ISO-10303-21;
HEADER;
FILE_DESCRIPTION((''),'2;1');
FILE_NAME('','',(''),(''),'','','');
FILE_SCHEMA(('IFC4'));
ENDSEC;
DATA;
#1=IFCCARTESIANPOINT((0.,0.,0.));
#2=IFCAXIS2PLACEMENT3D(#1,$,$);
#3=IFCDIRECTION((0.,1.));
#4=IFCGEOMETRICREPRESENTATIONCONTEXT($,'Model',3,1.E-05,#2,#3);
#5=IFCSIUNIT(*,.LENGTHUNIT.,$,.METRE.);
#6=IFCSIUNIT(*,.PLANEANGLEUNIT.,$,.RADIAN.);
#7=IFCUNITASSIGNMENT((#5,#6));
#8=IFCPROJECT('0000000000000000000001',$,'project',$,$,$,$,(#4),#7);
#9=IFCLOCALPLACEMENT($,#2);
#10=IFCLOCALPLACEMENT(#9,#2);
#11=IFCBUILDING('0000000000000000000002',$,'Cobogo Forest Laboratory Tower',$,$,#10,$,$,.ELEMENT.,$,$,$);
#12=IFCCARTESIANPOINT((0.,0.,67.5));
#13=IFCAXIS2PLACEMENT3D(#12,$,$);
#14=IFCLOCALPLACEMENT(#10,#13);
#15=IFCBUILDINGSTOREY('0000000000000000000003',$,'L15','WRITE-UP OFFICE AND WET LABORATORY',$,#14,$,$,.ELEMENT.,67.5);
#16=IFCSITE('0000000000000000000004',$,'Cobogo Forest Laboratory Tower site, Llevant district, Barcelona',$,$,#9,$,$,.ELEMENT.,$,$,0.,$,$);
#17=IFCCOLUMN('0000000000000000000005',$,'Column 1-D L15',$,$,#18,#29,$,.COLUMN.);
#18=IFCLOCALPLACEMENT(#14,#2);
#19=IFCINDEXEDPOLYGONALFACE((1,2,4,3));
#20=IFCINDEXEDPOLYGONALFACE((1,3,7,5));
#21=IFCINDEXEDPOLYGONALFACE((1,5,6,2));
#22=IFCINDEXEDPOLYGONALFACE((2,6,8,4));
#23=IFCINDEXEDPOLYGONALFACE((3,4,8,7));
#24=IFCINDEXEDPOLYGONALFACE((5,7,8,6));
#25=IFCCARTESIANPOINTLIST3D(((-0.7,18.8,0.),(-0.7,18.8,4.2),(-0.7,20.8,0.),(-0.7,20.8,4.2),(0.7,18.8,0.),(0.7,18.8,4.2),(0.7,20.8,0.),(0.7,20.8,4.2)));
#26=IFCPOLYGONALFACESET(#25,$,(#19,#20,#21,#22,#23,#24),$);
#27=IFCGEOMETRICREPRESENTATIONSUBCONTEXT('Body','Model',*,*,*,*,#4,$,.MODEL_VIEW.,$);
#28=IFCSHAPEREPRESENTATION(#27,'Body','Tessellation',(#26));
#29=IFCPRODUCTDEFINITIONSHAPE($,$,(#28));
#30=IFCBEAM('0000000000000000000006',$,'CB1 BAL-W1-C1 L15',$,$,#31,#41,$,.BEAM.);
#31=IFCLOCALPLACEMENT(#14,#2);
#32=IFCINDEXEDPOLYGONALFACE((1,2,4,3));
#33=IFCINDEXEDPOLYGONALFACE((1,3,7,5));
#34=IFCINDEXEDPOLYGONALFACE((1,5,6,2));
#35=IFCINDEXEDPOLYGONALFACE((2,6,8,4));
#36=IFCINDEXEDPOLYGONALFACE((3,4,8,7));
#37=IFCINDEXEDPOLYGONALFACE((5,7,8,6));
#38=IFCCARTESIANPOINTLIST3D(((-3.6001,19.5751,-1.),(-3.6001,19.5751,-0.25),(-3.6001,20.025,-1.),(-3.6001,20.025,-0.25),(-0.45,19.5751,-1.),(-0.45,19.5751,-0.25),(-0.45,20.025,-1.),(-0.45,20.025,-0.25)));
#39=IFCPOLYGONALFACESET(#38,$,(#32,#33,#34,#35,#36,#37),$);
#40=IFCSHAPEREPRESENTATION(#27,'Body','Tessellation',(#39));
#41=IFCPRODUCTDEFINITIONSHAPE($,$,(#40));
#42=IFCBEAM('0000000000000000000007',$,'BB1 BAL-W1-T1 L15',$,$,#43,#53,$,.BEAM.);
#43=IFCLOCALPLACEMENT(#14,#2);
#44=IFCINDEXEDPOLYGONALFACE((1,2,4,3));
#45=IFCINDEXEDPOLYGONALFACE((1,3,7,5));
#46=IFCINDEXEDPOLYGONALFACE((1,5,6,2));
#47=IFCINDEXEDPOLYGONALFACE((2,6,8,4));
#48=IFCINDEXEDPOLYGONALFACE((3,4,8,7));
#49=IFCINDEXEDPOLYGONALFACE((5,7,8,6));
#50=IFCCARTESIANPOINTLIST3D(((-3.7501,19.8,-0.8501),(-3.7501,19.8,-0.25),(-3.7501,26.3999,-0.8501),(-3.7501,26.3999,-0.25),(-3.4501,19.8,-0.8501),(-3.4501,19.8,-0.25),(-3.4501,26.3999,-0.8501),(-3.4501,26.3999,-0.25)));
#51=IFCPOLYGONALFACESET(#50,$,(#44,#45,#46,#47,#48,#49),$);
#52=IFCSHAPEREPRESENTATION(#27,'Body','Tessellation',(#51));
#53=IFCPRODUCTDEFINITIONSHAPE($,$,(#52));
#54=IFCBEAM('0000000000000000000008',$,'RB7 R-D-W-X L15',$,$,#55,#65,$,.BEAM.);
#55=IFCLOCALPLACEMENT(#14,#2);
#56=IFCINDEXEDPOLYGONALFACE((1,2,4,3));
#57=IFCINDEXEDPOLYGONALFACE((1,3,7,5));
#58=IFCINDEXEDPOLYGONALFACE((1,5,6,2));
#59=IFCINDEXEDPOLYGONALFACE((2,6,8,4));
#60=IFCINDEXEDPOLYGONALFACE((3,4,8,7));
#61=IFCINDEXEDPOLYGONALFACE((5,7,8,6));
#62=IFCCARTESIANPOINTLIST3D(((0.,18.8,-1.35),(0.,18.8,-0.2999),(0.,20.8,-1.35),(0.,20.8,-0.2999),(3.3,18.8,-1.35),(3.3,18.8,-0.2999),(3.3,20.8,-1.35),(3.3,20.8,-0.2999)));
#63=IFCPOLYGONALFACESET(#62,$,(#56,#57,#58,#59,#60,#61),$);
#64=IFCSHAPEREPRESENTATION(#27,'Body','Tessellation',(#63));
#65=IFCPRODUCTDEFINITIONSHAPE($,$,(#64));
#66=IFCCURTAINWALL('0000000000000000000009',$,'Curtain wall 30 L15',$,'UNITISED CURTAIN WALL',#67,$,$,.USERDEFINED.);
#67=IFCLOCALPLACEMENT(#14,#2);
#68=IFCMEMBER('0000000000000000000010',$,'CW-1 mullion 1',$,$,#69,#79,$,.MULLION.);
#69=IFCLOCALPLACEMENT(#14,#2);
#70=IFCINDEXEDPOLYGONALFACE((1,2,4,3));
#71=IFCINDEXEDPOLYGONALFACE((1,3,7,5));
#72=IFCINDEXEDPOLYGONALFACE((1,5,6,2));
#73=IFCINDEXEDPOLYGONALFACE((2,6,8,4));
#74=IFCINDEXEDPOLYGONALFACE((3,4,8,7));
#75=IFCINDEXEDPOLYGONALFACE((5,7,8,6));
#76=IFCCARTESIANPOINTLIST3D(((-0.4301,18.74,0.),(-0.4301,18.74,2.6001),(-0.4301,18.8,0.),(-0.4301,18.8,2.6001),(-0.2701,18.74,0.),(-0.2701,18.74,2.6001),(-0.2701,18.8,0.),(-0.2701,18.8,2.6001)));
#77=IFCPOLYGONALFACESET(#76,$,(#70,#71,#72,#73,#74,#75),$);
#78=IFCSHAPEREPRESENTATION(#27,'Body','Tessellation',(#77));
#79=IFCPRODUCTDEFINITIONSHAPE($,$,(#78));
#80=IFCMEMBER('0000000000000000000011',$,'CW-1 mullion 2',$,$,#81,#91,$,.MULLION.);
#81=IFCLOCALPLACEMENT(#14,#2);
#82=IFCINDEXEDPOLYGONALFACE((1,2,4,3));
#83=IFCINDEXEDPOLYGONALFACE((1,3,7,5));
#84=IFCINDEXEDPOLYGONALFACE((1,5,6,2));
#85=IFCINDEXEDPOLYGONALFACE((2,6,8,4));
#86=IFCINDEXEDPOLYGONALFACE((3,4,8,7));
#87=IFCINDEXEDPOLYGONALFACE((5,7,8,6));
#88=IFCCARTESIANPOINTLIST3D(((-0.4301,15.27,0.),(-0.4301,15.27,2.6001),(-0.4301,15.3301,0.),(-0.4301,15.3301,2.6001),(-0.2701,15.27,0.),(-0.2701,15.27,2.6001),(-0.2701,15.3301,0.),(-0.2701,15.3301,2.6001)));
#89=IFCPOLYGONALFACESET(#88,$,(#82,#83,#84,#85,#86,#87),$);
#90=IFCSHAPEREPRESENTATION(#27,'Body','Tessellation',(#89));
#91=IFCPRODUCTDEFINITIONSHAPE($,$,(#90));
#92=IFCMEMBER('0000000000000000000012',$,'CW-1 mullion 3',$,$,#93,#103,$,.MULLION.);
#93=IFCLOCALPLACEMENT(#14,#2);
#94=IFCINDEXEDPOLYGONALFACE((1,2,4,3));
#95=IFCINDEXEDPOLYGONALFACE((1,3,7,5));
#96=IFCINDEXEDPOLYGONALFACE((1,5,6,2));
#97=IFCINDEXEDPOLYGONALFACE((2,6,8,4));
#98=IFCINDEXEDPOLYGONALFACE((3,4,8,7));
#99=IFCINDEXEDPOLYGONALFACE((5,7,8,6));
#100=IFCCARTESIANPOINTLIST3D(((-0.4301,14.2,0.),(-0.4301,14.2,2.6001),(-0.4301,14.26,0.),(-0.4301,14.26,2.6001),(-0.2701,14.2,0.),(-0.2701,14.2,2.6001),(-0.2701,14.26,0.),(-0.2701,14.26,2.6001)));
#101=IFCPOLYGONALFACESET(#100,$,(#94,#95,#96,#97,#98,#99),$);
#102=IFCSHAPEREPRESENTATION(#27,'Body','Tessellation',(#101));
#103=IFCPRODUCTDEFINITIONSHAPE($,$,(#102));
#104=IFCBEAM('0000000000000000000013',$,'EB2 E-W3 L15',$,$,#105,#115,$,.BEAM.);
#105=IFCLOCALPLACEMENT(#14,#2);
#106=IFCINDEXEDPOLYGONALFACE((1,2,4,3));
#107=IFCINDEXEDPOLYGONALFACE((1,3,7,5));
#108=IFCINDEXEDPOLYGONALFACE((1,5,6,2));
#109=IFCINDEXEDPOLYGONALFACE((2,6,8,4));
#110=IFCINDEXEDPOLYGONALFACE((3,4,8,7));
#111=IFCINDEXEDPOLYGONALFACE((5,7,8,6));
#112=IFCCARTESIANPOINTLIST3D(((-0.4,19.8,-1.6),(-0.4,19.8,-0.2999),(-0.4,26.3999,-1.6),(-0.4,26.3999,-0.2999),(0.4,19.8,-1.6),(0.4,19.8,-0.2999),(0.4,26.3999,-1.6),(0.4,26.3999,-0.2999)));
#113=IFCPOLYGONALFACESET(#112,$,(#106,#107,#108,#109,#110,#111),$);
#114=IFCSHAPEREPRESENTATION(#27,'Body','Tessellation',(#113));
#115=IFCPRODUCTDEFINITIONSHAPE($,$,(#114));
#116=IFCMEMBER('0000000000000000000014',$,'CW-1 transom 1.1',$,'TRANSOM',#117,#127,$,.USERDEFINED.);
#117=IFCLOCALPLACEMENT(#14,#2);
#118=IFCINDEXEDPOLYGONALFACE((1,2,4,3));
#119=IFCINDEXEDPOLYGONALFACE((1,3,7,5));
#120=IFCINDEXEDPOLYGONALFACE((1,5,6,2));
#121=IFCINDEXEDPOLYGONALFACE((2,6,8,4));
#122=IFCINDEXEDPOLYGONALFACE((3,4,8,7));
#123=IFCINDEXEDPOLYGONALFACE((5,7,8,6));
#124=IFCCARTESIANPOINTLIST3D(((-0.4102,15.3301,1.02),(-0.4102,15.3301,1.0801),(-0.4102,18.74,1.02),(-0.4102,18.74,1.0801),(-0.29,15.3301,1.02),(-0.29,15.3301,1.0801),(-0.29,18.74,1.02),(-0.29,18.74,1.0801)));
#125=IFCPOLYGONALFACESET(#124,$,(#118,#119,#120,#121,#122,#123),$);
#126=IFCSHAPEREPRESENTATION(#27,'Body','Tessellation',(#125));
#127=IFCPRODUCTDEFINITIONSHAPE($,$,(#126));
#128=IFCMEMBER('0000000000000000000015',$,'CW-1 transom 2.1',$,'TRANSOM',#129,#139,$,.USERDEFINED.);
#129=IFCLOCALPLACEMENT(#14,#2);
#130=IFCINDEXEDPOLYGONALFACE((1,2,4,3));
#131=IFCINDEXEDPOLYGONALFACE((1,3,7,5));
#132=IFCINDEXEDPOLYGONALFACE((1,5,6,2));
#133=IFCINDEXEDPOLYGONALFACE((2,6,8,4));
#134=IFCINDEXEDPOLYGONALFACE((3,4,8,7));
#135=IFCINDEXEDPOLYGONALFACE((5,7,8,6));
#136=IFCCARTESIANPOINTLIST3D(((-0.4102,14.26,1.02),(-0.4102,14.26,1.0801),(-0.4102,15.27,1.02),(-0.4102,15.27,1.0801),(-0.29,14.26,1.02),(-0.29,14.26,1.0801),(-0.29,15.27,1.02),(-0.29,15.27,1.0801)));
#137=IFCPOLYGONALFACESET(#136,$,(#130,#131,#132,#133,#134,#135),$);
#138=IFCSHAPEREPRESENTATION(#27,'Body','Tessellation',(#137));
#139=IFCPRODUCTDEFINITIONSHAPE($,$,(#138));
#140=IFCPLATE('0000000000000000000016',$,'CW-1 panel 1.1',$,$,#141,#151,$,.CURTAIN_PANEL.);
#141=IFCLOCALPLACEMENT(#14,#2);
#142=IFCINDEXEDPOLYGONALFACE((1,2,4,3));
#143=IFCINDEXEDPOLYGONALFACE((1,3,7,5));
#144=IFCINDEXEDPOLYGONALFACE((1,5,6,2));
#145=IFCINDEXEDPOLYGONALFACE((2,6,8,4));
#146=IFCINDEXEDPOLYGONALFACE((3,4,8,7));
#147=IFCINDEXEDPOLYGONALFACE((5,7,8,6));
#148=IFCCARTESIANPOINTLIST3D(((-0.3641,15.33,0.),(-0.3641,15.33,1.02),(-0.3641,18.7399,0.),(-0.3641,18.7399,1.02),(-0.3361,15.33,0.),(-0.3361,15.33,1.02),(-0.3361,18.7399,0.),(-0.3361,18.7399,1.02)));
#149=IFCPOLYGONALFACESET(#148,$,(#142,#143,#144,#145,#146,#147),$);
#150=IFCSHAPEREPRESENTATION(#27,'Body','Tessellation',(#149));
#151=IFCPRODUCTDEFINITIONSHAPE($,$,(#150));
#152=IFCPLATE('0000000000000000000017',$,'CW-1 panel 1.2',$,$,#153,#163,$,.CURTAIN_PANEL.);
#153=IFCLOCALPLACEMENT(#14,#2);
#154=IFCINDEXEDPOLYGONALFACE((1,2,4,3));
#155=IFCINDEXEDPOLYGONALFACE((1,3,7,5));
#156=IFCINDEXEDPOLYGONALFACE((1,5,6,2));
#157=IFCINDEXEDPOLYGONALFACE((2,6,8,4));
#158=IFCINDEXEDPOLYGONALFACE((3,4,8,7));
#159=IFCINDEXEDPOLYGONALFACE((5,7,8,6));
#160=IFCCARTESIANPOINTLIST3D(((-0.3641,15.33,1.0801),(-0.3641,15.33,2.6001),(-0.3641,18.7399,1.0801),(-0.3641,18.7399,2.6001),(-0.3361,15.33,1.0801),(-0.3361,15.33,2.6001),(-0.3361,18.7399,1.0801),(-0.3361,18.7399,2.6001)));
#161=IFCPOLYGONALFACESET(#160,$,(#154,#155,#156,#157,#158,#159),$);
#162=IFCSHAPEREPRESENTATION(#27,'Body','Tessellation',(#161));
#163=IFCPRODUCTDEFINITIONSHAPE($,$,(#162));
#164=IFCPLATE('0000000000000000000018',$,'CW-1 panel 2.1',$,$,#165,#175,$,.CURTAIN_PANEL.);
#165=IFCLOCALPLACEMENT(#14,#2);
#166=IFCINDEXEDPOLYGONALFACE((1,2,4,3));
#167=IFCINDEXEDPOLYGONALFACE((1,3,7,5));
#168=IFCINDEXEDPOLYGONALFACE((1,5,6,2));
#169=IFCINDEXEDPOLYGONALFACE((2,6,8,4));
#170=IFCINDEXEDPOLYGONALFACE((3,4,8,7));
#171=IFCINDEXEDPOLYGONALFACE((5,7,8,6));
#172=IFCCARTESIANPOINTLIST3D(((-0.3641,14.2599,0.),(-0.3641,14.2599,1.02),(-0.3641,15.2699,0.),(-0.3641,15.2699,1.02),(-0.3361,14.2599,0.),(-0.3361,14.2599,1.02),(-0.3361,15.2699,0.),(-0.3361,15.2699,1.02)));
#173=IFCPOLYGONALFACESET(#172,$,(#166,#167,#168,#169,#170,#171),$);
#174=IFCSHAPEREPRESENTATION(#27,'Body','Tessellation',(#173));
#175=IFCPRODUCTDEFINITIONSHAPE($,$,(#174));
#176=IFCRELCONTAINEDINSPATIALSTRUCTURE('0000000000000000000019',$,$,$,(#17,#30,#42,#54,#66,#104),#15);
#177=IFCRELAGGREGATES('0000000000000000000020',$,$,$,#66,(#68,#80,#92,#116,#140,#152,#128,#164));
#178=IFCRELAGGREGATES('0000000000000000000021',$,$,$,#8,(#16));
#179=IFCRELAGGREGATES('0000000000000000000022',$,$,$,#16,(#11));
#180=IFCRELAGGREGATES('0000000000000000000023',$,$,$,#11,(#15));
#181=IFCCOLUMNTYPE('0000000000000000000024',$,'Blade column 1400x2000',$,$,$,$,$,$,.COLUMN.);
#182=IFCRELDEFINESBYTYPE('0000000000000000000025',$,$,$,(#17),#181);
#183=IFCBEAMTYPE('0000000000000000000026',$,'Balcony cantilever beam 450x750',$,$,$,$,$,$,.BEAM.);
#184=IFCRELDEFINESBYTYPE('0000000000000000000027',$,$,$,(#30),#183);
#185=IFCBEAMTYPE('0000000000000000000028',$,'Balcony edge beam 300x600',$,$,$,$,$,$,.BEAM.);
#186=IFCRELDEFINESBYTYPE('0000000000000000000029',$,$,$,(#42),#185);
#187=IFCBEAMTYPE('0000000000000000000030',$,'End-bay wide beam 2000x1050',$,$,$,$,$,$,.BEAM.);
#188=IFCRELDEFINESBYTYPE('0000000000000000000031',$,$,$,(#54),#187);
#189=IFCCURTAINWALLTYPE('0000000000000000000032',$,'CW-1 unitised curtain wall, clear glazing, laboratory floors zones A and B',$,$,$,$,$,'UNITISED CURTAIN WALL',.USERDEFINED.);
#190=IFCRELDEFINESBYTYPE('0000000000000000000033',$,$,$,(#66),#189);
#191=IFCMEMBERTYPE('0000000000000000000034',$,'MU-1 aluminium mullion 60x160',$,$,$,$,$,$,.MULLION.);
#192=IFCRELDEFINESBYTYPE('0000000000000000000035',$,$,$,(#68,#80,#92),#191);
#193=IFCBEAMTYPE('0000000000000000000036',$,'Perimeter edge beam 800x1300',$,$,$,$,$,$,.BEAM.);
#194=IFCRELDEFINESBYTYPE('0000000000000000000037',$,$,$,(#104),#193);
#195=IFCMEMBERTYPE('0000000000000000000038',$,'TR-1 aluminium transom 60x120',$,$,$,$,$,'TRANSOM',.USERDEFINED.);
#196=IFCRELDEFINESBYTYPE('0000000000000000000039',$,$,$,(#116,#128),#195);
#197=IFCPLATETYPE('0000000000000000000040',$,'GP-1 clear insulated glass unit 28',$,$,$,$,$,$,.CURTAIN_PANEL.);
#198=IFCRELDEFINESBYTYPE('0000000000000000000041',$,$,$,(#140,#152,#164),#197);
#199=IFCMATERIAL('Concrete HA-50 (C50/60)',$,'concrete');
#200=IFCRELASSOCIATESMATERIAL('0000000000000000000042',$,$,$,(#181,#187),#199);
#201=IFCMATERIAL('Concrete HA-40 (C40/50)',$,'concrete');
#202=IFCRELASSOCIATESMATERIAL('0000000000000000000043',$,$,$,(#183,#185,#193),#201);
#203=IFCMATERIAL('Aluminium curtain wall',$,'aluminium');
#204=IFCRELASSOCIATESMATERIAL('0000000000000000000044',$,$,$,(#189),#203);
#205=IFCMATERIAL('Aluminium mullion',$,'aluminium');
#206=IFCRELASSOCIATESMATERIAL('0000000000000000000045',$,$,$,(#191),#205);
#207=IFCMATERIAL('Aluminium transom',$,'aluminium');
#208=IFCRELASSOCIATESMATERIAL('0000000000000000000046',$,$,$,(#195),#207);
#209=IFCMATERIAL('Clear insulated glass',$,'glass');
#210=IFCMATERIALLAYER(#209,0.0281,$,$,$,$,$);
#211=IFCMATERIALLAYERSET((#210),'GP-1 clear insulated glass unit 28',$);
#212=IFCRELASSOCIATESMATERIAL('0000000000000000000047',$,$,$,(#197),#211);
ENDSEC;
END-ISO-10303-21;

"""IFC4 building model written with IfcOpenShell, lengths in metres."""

from ifc_helpers import new_model, si_unit, direction, frame, origin, origin_2d, place, context, subcontext, project, spatial, rectangle, extrude, material, layer, layer_set, material_profile, profile_set, type_object, element, aggregate, save


model = new_model("IFC4")

# Units and contexts
model_context = context("Model", 3, precision=1e-05, world=origin(), true_north=direction((0.0, 1.0)))
body_context = subcontext(model_context, "Body", "Model", "MODEL_VIEW")
ifc_project = project(units=[si_unit("LENGTHUNIT", "METRE"), si_unit("PLANEANGLEUNIT", "RADIAN")], contexts=[model_context])

# Site, building, storey
site_placement = place(None, origin())
site = spatial("IfcSite", under=ifc_project, at=site_placement, Name="Cobogo Forest Laboratory Tower site, Llevant district, Barcelona", CompositionType="ELEMENT", RefElevation=0.0)
building_placement = place(site_placement, origin())
building = spatial("IfcBuilding", under=site, at=building_placement, Name="Cobogo Forest Laboratory Tower", CompositionType="ELEMENT")
storey_placement = place(building_placement, frame((0.0, 0.0, 67.5)))
storey = spatial("IfcBuildingStorey", under=building, at=storey_placement, Name="L15", Description="WRITE-UP OFFICE AND WET LABORATORY", CompositionType="ELEMENT", Elevation=67.5)

# Column
ifc_material_1 = material(Name="Concrete HA-50 (C50/60)", Category="concrete")
ifc_material_profile_1 = material_profile(ifc_material_1, rectangle(XDim=2.0, YDim=1.3999, at=origin_2d()), Name="RC 1400x2000")
ifc_profile_set_1 = profile_set([ifc_material_profile_1], Name="Concrete HA-50 (C50/60)")
column_type = type_object("IfcColumnType", Name="Blade column 1400x2000", PredefinedType="COLUMN", material=ifc_profile_set_1)
column_placement = place(storey_placement, frame((0.0, 19.8, 0.0), z_axis=(0.0, 0.0, 1.0), x_axis=(0.0, 1.0, 0.0)))
element("IfcColumn", 1, at=column_placement, inside=storey, type_object=column_type, Name="Column 1-D L15", PredefinedType="COLUMN", context=body_context, shape_type="SweptSolid", body=[
    extrude(rectangle(XDim=2.0, YDim=1.3999, at=origin_2d()), origin(), (0.0, 0.0, 1.0), 4.2),
])

# Beams
ifc_material_2 = material(Name="Concrete HA-40 (C40/50)", Category="concrete")
ifc_material_profile_2 = material_profile(ifc_material_2, rectangle(XDim=0.45, YDim=0.75, at=origin_2d()), Name="RC 450x750")
ifc_profile_set_2 = profile_set([ifc_material_profile_2], Name="Concrete HA-40 (C40/50)")
beam_type_1 = type_object("IfcBeamType", Name="Balcony cantilever beam 450x750", PredefinedType="BEAM", material=ifc_profile_set_2)
beam_1_placement = place(storey_placement, frame((-0.45, 19.8, -0.625), z_axis=(-1.0, 0.0, 0.0), x_axis=(0.0, -1.0, 0.0)))
element("IfcBeam", 2, at=beam_1_placement, inside=storey, type_object=beam_type_1, Name="CB1 BAL-W1-C1 L15", PredefinedType="BEAM", context=body_context, shape_type="SweptSolid", body=[
    extrude(rectangle(XDim=0.45, YDim=0.75, at=origin_2d()), origin(), (0.0, 0.0, 1.0), 3.1501),
])
ifc_material_profile_3 = material_profile(ifc_material_2, rectangle(XDim=0.3, YDim=0.6001, at=origin_2d()), Name="RC 300x600")
ifc_profile_set_3 = profile_set([ifc_material_profile_3], Name="Concrete HA-40 (C40/50)")
beam_type_2 = type_object("IfcBeamType", Name="Balcony edge beam 300x600", PredefinedType="BEAM", material=ifc_profile_set_3)
beam_2_placement = place(storey_placement, frame((-3.6001, 19.8, -0.55), z_axis=(0.0, 1.0, 0.0), x_axis=(-1.0, 0.0, 0.0)))
element("IfcBeam", 3, at=beam_2_placement, inside=storey, type_object=beam_type_2, Name="BB1 BAL-W1-T1 L15", PredefinedType="BEAM", context=body_context, shape_type="SweptSolid", body=[
    extrude(rectangle(XDim=0.3, YDim=0.6001, at=origin_2d()), origin(), (0.0, 0.0, 1.0), 6.5999),
])
ifc_material_profile_4 = material_profile(ifc_material_1, rectangle(XDim=2.0, YDim=1.05, at=origin_2d()), Name="RC 2000x1050")
ifc_profile_set_4 = profile_set([ifc_material_profile_4], Name="Concrete HA-50 (C50/60)")
beam_type_3 = type_object("IfcBeamType", Name="End-bay wide beam 2000x1050", PredefinedType="BEAM", material=ifc_profile_set_4)
beam_3_placement = place(storey_placement, frame((0.0, 19.8, -0.825), z_axis=(1.0, 0.0, 0.0), x_axis=(0.0, 1.0, 0.0)))
element("IfcBeam", 4, at=beam_3_placement, inside=storey, type_object=beam_type_3, Name="RB7 R-D-W-X L15", PredefinedType="BEAM", context=body_context, shape_type="SweptSolid", body=[
    extrude(rectangle(XDim=2.0, YDim=1.05, at=origin_2d()), origin(), (0.0, 0.0, 1.0), 3.3),
])

# Curtain wall, members
ifc_material_3 = material(Name="Aluminium curtain wall", Category="aluminium")
curtain_wall_type = type_object("IfcCurtainWallType", Name="CW-1 unitised curtain wall, clear glazing, laboratory floors zones A and B", ElementType="UNITISED CURTAIN WALL", PredefinedType="USERDEFINED", material=ifc_material_3)
curtain_wall_placement = place(storey_placement, origin())
curtain_wall = element("IfcCurtainWall", 5, at=curtain_wall_placement, inside=storey, type_object=curtain_wall_type, Name="Curtain wall 30 L15", ObjectType="UNITISED CURTAIN WALL", PredefinedType="USERDEFINED")
ifc_material_4 = material(Name="Aluminium mullion", Category="aluminium")
ifc_material_profile_5 = material_profile(ifc_material_4, rectangle(XDim=0.0601, YDim=0.1599, at=origin_2d()), Name="AL 60x160")
ifc_profile_set_5 = profile_set([ifc_material_profile_5], Name="Aluminium mullion")
member_type_1 = type_object("IfcMemberType", Name="MU-1 aluminium mullion 60x160", PredefinedType="MULLION", material=ifc_profile_set_5)
member_1_placement = place(storey_placement, frame((-0.3501, 18.77, 0.0), z_axis=(0.0, 0.0, 1.0), x_axis=(0.0, -1.0, 0.0)))
member_1 = element("IfcMember", 6, at=member_1_placement, type_object=member_type_1, Name="CW-1 mullion 1", PredefinedType="MULLION", context=body_context, shape_type="SweptSolid", body=[
    extrude(rectangle(XDim=0.0601, YDim=0.1599, at=origin_2d()), origin(), (0.0, 0.0, 1.0), 2.6001),
])
member_2_placement = place(storey_placement, frame((-0.3501, 15.3, 0.0), z_axis=(0.0, 0.0, 1.0), x_axis=(0.0, -1.0, 0.0)))
member_2 = element("IfcMember", 7, at=member_2_placement, type_object=member_type_1, Name="CW-1 mullion 2", PredefinedType="MULLION", context=body_context, shape_type="SweptSolid", body=[
    extrude(rectangle(XDim=0.0601, YDim=0.1599, at=origin_2d()), origin(), (0.0, 0.0, 1.0), 2.6001),
])
member_3_placement = place(storey_placement, frame((-0.3501, 14.23, 0.0), z_axis=(0.0, 0.0, 1.0), x_axis=(0.0, -1.0, 0.0)))
member_3 = element("IfcMember", 8, at=member_3_placement, type_object=member_type_1, Name="CW-1 mullion 3", PredefinedType="MULLION", context=body_context, shape_type="SweptSolid", body=[
    extrude(rectangle(XDim=0.0601, YDim=0.1599, at=origin_2d()), origin(), (0.0, 0.0, 1.0), 2.6001),
])

# Beam
ifc_material_profile_6 = material_profile(ifc_material_2, rectangle(XDim=0.8, YDim=1.3, at=origin_2d()), Name="RC 800x1300")
ifc_profile_set_6 = profile_set([ifc_material_profile_6], Name="Concrete HA-40 (C40/50)")
beam_type_4 = type_object("IfcBeamType", Name="Perimeter edge beam 800x1300", PredefinedType="BEAM", material=ifc_profile_set_6)
beam_4_placement = place(storey_placement, frame((0.0, 19.8, -0.95), z_axis=(0.0, 1.0, 0.0), x_axis=(-1.0, 0.0, 0.0)))
element("IfcBeam", 9, at=beam_4_placement, inside=storey, type_object=beam_type_4, Name="EB2 E-W3 L15", PredefinedType="BEAM", context=body_context, shape_type="SweptSolid", body=[
    extrude(rectangle(XDim=0.8, YDim=1.3, at=origin_2d()), origin(), (0.0, 0.0, 1.0), 6.5999),
])

# Members
ifc_material_5 = material(Name="Aluminium transom", Category="aluminium")
ifc_material_profile_7 = material_profile(ifc_material_5, rectangle(XDim=0.1201, YDim=0.0601, at=origin_2d()), Name="AL 60x120")
ifc_profile_set_7 = profile_set([ifc_material_profile_7], Name="Aluminium transom")
member_type_2 = type_object("IfcMemberType", Name="TR-1 aluminium transom 60x120", ElementType="TRANSOM", PredefinedType="USERDEFINED", material=ifc_profile_set_7)
member_4_placement = place(storey_placement, frame((-0.3501, 18.74, 1.05), z_axis=(0.0, -1.0, 0.0), x_axis=(1.0, 0.0, 0.0)))
member_4 = element("IfcMember", 10, at=member_4_placement, type_object=member_type_2, Name="CW-1 transom 1.1", ObjectType="TRANSOM", PredefinedType="USERDEFINED", context=body_context, shape_type="SweptSolid", body=[
    extrude(rectangle(XDim=0.1201, YDim=0.0601, at=origin_2d()), origin(), (0.0, 0.0, 1.0), 3.4099),
])
member_5_placement = place(storey_placement, frame((-0.3501, 15.27, 1.05), z_axis=(0.0, -1.0, 0.0), x_axis=(1.0, 0.0, 0.0)))
member_5 = element("IfcMember", 11, at=member_5_placement, type_object=member_type_2, Name="CW-1 transom 2.1", ObjectType="TRANSOM", PredefinedType="USERDEFINED", context=body_context, shape_type="SweptSolid", body=[
    extrude(rectangle(XDim=0.1201, YDim=0.0601, at=origin_2d()), origin(), (0.0, 0.0, 1.0), 1.01),
])

# Plates
ifc_material_6 = material(Name="Clear insulated glass", Category="glass")
ifc_layer_1 = layer(ifc_material_6, 0.0281)
ifc_layer_set_1 = layer_set([ifc_layer_1], Name="GP-1 clear insulated glass unit 28")
plate_type_1 = type_object("IfcPlateType", Name="GP-1 clear insulated glass unit 28", PredefinedType="CURTAIN_PANEL", material=ifc_layer_set_1)
plate_1_placement = place(storey_placement, frame((-0.3501, 17.0349, 0.0), z_axis=(0.0, 0.0, 1.0), x_axis=(0.0, -1.0, 0.0)))
plate_1 = element("IfcPlate", 12, at=plate_1_placement, type_object=plate_type_1, Name="CW-1 panel 1.1", PredefinedType="CURTAIN_PANEL", context=body_context, shape_type="SweptSolid", body=[
    extrude(rectangle(XDim=3.4099, YDim=0.0281, at=origin_2d()), origin(), (0.0, 0.0, 1.0), 1.02),
])
plate_2_placement = place(storey_placement, frame((-0.3501, 17.0349, 1.0801), z_axis=(0.0, 0.0, 1.0), x_axis=(0.0, -1.0, 0.0)))
plate_2 = element("IfcPlate", 13, at=plate_2_placement, type_object=plate_type_1, Name="CW-1 panel 1.2", PredefinedType="CURTAIN_PANEL", context=body_context, shape_type="SweptSolid", body=[
    extrude(rectangle(XDim=3.4099, YDim=0.0281, at=origin_2d()), origin(), (0.0, 0.0, 1.0), 1.52),
])
plate_3_placement = place(storey_placement, frame((-0.3501, 14.7649, 0.0), z_axis=(0.0, 0.0, 1.0), x_axis=(0.0, -1.0, 0.0)))
plate_3 = element("IfcPlate", 14, at=plate_3_placement, type_object=plate_type_1, Name="CW-1 panel 2.1", PredefinedType="CURTAIN_PANEL", context=body_context, shape_type="SweptSolid", body=[
    extrude(rectangle(XDim=1.01, YDim=0.0281, at=origin_2d()), origin(), (0.0, 0.0, 1.0), 1.02),
])
aggregate(curtain_wall, [member_1, member_2, member_3, member_4, plate_1, plate_2, member_5, plate_3])

save(model, "model.ifc")
